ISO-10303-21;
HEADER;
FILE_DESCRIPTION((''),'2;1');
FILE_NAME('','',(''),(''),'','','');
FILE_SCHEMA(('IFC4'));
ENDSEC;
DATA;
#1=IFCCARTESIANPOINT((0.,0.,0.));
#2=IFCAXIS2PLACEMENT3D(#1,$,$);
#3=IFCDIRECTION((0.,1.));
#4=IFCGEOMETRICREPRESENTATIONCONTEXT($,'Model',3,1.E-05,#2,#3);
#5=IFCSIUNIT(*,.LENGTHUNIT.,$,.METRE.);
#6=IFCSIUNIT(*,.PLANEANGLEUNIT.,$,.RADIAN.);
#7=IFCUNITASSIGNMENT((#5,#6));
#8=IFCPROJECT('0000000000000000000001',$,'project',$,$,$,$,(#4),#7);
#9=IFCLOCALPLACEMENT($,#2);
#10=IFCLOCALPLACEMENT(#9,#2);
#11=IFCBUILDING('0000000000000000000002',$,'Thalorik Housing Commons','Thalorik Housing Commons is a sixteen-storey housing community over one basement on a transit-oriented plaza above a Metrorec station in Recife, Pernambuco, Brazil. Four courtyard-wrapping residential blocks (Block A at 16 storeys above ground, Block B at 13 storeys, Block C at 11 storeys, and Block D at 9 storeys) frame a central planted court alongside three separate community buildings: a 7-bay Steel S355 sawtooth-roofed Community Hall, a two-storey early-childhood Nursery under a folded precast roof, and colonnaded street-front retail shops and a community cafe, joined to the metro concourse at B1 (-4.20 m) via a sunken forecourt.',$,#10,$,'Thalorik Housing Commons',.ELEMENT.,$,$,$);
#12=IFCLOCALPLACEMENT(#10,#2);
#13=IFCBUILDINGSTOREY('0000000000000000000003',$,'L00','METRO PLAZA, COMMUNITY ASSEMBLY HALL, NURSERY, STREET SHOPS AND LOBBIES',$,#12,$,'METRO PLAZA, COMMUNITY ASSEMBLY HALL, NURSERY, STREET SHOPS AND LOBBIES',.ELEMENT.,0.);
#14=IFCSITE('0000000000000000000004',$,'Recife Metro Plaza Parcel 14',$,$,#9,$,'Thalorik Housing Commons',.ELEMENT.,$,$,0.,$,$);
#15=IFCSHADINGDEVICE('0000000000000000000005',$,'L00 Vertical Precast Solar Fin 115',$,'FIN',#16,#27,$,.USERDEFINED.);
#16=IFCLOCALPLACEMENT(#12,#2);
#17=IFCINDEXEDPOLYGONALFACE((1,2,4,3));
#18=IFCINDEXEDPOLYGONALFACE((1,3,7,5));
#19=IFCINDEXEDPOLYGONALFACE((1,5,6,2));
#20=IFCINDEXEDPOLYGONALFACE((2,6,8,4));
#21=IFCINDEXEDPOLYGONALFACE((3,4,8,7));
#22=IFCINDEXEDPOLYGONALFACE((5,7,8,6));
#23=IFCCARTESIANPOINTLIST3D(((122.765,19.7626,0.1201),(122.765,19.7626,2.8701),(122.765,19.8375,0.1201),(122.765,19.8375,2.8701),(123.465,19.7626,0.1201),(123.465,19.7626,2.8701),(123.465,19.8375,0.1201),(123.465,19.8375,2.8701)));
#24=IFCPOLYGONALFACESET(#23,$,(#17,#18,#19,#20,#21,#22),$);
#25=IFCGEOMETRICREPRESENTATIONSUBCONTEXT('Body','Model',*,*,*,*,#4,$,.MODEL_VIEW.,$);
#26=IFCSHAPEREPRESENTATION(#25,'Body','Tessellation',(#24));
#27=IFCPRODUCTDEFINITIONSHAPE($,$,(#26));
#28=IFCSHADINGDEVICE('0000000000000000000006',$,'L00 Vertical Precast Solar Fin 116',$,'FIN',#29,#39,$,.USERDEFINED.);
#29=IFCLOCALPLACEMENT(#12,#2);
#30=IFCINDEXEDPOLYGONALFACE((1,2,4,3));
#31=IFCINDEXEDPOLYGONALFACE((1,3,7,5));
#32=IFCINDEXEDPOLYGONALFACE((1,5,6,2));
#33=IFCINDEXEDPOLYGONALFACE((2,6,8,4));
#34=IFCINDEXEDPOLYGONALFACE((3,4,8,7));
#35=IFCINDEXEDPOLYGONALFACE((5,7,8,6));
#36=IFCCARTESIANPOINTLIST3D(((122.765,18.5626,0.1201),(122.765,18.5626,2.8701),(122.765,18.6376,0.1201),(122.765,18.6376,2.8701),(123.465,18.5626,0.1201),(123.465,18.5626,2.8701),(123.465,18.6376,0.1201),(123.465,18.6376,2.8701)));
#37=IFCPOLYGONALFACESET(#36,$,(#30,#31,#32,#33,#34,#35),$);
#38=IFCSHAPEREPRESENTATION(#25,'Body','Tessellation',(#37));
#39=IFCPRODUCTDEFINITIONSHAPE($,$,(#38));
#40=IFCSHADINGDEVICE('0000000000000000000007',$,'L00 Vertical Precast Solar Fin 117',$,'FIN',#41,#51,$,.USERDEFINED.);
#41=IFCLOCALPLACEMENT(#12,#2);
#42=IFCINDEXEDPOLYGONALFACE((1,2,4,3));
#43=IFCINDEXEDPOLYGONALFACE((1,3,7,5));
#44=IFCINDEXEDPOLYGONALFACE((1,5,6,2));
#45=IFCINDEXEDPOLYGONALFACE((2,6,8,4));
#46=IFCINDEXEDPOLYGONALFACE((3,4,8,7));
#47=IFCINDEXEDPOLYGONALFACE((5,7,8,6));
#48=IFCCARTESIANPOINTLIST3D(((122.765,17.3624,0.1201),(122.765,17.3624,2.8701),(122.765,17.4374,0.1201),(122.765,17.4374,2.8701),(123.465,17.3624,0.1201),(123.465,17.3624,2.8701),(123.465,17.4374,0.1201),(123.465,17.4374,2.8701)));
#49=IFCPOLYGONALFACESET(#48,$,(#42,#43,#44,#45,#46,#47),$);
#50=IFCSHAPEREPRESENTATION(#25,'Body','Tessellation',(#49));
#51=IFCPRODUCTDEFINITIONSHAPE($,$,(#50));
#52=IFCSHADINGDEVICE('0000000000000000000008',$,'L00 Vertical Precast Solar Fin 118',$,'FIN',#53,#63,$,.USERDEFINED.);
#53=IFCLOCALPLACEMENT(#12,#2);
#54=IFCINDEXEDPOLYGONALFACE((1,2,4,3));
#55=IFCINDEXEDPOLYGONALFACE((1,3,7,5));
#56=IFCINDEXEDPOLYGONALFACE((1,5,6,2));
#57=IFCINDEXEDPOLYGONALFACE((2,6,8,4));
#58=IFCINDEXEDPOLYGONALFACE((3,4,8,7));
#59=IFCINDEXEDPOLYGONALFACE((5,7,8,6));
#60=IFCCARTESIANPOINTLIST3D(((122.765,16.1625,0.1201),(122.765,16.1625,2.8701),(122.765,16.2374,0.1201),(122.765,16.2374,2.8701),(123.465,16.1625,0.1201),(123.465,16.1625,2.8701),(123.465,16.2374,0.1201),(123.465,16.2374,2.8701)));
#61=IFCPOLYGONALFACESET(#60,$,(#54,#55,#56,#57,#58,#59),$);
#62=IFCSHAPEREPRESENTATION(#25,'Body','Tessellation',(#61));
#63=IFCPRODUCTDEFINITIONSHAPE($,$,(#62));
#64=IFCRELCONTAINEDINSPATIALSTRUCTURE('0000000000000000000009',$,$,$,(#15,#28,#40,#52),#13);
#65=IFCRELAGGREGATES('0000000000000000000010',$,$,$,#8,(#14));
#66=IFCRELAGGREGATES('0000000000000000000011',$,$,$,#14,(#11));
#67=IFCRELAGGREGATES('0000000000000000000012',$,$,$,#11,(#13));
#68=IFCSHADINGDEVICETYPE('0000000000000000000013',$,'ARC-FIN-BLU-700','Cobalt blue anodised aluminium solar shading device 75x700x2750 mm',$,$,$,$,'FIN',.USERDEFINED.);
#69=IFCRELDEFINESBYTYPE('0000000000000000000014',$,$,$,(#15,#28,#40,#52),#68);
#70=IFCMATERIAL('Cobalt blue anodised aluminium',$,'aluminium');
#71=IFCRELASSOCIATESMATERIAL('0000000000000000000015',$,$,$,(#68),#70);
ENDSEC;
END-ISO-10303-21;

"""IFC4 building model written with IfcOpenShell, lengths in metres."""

from ifc_helpers import new_model, si_unit, direction, frame, origin, origin_2d, place, context, subcontext, project, spatial, rectangle, extrude, material, type_object, element, save


model = new_model("IFC4")

# Units and contexts
model_context = context("Model", 3, precision=1e-05, world=origin(), true_north=direction((0.0, 1.0)))
body_context = subcontext(model_context, "Body", "Model", "MODEL_VIEW")
ifc_project = project(units=[si_unit("LENGTHUNIT", "METRE"), si_unit("PLANEANGLEUNIT", "RADIAN")], contexts=[model_context])

# Site, building, storey
site_placement = place(None, origin())
site = spatial("IfcSite", under=ifc_project, at=site_placement, Name="Recife Metro Plaza Parcel 14", LongName="Thalorik Housing Commons", CompositionType="ELEMENT", RefElevation=0.0)
building_placement = place(site_placement, origin())
building = spatial("IfcBuilding", under=site, at=building_placement, Name="Thalorik Housing Commons", Description="Thalorik Housing Commons is a sixteen-storey housing community over one basement on a transit-oriented plaza above a Metrorec station in Recife, Pernambuco, Brazil. Four courtyard-wrapping residential blocks (Block A at 16 storeys above ground, Block B at 13 storeys, Block C at 11 storeys, and Block D at 9 storeys) frame a central planted court alongside three separate community buildings: a 7-bay Steel S355 sawtooth-roofed Community Hall, a two-storey early-childhood Nursery under a folded precast roof, and colonnaded street-front retail shops and a community cafe, joined to the metro concourse at B1 (-4.20 m) via a sunken forecourt.", LongName="Thalorik Housing Commons", CompositionType="ELEMENT")
storey_placement = place(building_placement, origin())
storey = spatial("IfcBuildingStorey", under=building, at=storey_placement, Name="L00", Description="METRO PLAZA, COMMUNITY ASSEMBLY HALL, NURSERY, STREET SHOPS AND LOBBIES", LongName="METRO PLAZA, COMMUNITY ASSEMBLY HALL, NURSERY, STREET SHOPS AND LOBBIES", CompositionType="ELEMENT", Elevation=0.0)

# Shading devices
ifc_material_1 = material(Name="Cobalt blue anodised aluminium", Category="aluminium")
shading_device_type = type_object("IfcShadingDeviceType", Name="ARC-FIN-BLU-700", Description="Cobalt blue anodised aluminium solar shading device 75x700x2750 mm", ElementType="FIN", PredefinedType="USERDEFINED", material=ifc_material_1)
for number, where, z_axis, x_axis, name in (
    (1, (123.115, 19.8, 0.1201), (0.0, 0.0, 1.0), (0.0, -1.0, 0.0), "L00 Vertical Precast Solar Fin 115"),
    (2, (123.115, 18.6001, 0.1201), (0.0, 0.0, 1.0), (0.0, -1.0, 0.0), "L00 Vertical Precast Solar Fin 116"),
    (3, (123.115, 17.3999, 0.1201), (0.0, 0.0, 1.0), (0.0, -1.0, 0.0), "L00 Vertical Precast Solar Fin 117"),
    (4, (123.115, 16.2, 0.1201), (0.0, 0.0, 1.0), (0.0, -1.0, 0.0), "L00 Vertical Precast Solar Fin 118"),
):
    element("IfcShadingDevice", number, at=place(storey_placement, frame(where, z_axis=z_axis, x_axis=x_axis)), inside=storey, type_object=shading_device_type, Name=name, ObjectType="FIN", PredefinedType="USERDEFINED", context=body_context, shape_type="SweptSolid", body=[
        extrude(rectangle(XDim=0.075, YDim=0.7, at=origin_2d()), origin(), (0.0, 0.0, 1.0), 2.75),
    ])

save(model, "model.ifc")
